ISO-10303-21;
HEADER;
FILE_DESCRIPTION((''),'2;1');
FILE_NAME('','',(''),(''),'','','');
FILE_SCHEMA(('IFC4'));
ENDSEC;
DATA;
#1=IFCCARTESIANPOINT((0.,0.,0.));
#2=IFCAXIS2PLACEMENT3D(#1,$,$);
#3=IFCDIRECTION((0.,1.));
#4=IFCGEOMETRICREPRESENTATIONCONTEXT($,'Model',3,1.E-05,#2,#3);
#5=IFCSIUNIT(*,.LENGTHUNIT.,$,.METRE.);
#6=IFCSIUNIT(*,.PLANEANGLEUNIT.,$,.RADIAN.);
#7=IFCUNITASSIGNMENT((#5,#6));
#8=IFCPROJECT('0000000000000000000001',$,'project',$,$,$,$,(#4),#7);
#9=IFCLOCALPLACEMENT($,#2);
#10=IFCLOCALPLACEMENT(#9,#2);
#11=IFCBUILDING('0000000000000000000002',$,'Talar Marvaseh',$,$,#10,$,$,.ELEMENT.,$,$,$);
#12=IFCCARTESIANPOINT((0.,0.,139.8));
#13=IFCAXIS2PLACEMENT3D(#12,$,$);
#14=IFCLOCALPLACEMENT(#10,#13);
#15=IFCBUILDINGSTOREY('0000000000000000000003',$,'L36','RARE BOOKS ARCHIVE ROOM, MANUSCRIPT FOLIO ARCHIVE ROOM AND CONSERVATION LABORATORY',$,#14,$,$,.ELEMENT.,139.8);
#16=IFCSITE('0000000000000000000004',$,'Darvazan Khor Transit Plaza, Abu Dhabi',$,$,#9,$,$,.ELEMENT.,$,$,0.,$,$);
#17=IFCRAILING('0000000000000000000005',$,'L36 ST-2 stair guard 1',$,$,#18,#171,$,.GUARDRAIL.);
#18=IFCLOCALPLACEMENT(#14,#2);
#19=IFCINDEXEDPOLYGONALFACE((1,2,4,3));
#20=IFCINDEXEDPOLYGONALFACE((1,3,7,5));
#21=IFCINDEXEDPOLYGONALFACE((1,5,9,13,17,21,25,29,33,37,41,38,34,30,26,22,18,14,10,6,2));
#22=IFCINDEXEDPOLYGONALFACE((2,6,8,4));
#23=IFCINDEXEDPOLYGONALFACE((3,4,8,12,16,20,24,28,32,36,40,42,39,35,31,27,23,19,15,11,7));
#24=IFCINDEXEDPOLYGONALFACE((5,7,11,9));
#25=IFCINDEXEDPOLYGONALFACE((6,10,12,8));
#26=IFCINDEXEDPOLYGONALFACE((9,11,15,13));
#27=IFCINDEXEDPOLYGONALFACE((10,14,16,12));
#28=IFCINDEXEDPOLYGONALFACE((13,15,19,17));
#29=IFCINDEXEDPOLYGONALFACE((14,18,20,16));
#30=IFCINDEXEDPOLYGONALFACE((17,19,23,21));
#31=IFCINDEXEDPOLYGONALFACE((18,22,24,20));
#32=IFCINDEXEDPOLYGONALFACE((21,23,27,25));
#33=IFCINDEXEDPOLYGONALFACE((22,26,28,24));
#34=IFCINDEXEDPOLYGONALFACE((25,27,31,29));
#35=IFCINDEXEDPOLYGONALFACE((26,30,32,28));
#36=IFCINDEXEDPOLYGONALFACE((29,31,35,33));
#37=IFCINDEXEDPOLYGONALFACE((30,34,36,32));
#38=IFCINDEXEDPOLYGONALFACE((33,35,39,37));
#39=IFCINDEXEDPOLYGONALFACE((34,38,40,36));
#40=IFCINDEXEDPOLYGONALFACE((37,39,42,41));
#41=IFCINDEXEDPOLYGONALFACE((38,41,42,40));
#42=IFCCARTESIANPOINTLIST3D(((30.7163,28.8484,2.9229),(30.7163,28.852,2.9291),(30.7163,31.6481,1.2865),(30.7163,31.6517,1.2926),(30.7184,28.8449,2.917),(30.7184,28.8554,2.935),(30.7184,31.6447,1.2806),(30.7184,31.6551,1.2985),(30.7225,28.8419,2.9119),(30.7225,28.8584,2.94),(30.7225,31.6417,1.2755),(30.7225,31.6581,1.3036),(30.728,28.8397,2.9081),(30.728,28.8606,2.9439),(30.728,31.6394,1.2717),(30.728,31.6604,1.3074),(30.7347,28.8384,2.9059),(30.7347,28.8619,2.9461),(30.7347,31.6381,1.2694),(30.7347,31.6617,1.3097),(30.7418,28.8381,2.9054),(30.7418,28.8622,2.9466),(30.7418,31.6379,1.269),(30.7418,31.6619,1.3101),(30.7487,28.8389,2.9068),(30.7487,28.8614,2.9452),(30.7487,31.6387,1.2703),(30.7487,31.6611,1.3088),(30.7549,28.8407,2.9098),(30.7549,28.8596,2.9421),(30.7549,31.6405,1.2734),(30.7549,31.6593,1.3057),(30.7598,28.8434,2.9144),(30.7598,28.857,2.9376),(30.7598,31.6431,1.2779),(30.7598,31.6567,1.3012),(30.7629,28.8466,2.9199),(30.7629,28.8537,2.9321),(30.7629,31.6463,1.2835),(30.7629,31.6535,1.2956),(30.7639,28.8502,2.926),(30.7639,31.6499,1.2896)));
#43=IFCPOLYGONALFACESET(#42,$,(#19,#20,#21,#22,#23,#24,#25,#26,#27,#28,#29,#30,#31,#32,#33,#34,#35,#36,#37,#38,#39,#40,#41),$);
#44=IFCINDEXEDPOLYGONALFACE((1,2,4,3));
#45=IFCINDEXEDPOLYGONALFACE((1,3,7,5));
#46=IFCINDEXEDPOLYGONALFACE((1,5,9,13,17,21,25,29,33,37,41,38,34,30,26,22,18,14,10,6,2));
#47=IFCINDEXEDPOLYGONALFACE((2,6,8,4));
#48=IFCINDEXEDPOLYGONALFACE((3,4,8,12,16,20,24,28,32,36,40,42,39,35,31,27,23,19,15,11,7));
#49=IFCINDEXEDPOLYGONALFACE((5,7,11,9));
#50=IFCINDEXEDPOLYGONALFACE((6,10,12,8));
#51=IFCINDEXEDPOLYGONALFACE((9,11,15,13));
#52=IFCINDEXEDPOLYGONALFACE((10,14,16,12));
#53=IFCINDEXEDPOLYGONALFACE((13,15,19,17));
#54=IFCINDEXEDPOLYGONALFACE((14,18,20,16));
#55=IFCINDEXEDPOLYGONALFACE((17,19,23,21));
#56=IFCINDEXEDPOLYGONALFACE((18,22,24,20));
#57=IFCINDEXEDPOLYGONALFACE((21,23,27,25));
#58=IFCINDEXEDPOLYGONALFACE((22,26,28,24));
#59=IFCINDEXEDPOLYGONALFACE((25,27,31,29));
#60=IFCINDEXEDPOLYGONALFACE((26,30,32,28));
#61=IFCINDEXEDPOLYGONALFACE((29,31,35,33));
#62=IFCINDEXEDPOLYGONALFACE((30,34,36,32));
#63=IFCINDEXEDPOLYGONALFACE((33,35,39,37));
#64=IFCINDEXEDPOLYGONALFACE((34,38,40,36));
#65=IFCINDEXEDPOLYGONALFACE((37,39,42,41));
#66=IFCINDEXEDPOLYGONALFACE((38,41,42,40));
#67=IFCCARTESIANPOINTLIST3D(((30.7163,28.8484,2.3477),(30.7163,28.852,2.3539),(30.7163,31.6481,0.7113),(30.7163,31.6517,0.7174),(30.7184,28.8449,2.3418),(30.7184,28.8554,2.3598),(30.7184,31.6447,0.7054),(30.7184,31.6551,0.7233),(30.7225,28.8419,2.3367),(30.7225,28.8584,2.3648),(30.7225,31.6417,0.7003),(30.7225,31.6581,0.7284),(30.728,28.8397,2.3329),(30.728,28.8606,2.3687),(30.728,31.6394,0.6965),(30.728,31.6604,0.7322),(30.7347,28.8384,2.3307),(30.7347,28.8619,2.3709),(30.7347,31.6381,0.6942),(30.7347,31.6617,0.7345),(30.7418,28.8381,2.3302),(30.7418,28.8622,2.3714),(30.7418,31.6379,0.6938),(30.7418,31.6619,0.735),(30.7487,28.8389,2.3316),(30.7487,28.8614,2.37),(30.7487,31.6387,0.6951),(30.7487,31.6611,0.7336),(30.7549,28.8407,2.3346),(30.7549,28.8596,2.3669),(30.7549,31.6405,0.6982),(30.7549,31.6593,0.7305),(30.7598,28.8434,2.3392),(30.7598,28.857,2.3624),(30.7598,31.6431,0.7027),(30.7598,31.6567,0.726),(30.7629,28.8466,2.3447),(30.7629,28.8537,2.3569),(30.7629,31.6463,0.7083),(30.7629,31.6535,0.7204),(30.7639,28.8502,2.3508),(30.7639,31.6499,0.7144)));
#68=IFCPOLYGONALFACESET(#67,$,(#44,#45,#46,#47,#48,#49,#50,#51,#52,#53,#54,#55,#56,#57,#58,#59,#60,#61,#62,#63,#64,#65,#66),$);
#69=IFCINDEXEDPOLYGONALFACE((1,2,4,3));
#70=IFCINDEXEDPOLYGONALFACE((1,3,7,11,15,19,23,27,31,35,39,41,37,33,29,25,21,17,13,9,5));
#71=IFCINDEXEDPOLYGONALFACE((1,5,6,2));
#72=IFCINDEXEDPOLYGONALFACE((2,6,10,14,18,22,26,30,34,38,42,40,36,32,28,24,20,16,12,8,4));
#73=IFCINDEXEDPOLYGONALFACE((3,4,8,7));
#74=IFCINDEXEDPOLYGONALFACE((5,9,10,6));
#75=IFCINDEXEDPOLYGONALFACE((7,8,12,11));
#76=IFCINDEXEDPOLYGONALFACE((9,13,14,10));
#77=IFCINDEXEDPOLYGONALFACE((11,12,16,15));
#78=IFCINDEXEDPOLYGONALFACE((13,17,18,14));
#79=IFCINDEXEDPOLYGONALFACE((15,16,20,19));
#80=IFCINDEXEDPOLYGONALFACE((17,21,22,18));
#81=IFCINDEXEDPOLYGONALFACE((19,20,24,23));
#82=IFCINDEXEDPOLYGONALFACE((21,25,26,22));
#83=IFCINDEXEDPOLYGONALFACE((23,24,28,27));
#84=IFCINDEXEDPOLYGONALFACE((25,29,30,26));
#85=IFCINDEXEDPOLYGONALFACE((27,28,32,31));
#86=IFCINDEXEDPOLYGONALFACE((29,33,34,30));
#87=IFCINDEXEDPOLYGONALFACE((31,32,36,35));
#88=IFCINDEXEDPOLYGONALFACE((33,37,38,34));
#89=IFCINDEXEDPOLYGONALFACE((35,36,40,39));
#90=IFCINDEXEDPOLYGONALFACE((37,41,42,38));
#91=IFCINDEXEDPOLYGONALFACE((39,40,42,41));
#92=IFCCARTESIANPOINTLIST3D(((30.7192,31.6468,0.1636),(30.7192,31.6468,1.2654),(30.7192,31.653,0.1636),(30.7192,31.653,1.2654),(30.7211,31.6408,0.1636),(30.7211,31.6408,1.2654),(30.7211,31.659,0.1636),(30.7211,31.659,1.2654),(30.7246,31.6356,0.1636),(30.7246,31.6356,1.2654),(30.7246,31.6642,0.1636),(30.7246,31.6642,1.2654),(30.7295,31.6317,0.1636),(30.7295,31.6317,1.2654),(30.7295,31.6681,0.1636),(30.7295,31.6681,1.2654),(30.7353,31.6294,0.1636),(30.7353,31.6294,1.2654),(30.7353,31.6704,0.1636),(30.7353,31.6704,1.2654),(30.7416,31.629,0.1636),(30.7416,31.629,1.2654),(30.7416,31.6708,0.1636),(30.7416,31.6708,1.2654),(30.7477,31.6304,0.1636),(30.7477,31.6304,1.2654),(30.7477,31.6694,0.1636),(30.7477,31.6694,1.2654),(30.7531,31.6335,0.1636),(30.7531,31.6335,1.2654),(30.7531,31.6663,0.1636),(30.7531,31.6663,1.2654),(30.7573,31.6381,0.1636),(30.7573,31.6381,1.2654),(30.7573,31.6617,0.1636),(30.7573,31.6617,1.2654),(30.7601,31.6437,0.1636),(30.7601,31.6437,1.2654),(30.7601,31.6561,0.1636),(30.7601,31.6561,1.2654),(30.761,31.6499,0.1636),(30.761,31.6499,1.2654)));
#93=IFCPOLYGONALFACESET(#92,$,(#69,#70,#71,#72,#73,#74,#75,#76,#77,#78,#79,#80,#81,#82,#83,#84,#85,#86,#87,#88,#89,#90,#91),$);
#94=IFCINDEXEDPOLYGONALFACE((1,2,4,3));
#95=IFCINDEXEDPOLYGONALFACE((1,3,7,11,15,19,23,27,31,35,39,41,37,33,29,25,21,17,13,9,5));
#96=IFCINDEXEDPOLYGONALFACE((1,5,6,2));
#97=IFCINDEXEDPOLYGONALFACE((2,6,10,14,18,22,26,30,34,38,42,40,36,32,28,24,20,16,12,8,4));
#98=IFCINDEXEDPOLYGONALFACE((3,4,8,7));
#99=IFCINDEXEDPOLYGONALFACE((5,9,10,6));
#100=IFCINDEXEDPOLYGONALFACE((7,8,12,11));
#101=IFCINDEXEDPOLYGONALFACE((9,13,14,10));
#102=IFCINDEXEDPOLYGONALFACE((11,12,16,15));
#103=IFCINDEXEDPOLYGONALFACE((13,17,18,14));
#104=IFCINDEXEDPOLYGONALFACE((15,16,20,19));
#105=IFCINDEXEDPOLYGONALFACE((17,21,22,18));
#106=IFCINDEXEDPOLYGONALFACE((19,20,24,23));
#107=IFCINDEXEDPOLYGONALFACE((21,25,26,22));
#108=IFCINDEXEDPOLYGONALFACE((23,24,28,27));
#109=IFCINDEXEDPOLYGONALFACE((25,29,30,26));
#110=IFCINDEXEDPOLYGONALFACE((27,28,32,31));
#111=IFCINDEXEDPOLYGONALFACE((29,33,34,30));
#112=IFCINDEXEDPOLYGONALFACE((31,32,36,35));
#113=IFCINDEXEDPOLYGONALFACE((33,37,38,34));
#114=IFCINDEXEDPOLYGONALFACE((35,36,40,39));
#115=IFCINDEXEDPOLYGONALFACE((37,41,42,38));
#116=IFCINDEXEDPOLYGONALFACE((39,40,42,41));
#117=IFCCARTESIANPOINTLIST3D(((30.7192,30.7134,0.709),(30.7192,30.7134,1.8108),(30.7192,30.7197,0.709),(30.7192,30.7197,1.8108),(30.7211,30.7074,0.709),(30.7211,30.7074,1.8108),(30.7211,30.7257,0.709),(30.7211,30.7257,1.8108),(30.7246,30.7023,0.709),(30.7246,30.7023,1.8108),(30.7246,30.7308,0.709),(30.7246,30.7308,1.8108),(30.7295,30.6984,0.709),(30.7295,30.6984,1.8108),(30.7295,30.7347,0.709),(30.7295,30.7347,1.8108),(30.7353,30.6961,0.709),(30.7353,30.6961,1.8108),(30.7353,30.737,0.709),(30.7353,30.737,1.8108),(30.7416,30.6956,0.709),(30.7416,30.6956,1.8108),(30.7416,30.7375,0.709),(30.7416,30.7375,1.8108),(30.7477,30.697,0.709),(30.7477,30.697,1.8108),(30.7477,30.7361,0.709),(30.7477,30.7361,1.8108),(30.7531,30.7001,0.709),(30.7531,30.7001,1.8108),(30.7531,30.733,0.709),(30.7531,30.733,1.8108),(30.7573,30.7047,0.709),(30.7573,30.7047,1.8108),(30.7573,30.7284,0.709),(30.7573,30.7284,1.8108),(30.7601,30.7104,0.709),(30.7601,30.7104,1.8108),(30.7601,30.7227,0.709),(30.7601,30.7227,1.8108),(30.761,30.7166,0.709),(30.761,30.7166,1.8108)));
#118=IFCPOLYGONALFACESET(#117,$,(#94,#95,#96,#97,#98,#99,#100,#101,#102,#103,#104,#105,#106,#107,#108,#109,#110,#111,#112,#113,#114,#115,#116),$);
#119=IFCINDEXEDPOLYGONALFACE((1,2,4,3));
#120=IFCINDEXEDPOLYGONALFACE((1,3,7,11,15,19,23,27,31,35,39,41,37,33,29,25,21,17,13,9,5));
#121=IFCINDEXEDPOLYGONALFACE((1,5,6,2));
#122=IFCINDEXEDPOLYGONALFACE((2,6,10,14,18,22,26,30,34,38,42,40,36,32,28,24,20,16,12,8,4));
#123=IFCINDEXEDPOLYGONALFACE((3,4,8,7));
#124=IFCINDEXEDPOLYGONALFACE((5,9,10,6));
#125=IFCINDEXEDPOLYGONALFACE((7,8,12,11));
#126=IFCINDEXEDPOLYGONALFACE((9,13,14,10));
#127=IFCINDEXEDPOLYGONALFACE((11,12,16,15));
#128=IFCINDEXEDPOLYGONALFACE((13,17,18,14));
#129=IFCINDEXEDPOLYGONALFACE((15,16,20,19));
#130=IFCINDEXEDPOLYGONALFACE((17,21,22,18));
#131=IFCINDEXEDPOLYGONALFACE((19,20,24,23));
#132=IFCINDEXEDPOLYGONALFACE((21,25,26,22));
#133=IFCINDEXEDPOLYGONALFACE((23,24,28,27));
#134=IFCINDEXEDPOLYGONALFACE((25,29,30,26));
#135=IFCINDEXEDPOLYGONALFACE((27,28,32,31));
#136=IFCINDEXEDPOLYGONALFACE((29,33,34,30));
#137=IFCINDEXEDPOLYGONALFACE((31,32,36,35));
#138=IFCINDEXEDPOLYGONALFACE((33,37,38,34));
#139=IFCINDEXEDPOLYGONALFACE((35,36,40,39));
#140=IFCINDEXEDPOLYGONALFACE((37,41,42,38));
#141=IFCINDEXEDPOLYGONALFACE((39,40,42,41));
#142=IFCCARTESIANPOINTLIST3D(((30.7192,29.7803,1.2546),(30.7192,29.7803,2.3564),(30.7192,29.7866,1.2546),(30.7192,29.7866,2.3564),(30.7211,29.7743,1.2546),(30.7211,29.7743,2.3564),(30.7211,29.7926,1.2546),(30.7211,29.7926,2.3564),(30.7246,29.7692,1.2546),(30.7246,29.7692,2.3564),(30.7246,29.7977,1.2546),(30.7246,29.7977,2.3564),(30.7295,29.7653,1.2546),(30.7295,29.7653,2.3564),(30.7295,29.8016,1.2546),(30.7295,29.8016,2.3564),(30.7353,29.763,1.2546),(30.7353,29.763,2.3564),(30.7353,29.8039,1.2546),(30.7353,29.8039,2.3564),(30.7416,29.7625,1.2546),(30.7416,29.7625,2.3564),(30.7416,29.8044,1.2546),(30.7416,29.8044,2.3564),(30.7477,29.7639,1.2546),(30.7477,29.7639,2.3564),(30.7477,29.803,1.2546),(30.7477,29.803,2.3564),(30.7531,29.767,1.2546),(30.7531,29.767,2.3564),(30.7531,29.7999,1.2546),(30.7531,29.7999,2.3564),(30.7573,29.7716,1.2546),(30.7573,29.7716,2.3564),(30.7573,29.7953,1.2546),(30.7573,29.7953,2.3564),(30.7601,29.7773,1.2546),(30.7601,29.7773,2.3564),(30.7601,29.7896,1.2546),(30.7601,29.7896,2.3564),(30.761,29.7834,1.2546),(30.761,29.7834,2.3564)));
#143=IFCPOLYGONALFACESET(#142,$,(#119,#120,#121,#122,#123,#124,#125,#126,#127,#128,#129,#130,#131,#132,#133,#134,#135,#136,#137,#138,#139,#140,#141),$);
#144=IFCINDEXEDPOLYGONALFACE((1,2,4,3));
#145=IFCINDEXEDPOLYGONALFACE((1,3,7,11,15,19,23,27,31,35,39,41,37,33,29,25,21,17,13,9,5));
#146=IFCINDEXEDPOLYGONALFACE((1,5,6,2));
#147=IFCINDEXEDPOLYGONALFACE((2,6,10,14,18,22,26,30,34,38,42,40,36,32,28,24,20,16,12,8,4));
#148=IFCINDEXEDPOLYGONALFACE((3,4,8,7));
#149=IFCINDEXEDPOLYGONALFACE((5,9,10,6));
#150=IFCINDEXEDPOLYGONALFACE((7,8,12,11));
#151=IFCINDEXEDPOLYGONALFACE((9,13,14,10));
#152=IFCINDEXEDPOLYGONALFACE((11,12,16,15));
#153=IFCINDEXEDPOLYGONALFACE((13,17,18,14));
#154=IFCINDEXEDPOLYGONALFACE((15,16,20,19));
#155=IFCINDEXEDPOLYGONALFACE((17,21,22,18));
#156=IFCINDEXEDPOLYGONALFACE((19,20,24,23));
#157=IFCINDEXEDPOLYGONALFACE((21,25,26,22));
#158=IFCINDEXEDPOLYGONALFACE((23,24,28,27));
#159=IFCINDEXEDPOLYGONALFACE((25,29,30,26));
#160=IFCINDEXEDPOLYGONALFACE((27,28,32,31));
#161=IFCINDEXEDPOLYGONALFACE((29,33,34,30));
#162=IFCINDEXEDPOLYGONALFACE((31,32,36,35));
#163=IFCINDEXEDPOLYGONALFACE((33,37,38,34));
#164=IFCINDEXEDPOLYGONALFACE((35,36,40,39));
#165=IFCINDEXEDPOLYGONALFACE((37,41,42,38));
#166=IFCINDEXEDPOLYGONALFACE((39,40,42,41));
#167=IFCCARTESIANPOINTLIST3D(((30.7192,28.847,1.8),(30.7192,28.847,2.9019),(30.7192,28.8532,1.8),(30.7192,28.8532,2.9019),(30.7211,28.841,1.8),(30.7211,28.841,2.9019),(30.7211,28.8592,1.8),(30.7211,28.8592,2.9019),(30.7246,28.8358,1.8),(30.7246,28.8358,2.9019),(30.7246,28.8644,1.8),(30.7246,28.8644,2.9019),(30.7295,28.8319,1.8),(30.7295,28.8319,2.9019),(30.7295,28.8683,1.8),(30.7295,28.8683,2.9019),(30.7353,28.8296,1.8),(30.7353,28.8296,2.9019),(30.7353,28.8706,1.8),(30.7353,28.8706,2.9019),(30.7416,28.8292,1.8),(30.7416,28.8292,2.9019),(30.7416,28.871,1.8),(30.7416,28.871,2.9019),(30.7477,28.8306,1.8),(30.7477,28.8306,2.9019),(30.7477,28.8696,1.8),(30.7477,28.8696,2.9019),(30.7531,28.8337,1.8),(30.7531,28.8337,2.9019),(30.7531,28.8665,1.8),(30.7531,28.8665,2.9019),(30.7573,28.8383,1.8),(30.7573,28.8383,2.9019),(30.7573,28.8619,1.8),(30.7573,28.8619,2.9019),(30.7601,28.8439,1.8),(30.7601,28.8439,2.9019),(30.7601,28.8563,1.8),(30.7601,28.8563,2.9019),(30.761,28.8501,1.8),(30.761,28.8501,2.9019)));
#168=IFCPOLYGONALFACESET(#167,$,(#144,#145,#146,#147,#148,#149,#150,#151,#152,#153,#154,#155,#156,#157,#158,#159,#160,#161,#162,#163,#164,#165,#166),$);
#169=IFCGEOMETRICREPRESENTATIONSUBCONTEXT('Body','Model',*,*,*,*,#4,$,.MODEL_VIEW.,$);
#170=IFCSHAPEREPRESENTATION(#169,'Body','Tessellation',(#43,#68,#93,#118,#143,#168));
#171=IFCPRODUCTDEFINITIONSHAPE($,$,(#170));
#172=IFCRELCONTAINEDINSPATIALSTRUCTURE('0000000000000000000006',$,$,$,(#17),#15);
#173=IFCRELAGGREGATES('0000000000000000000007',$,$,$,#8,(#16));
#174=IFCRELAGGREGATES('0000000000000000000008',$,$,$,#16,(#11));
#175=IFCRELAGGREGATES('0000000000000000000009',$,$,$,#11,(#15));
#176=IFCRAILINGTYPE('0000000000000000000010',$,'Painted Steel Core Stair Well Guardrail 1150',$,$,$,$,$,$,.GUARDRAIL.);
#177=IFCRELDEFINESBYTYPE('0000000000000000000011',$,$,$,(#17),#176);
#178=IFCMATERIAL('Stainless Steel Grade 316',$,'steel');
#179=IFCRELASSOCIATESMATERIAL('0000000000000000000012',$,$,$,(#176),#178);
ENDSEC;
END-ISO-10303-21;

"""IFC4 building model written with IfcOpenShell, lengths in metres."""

from ifc_helpers import new_model, si_unit, direction, frame, origin, origin_2d, place, context, subcontext, project, spatial, circle, extrude, material, type_object, element, save


model = new_model("IFC4")

# Units and contexts
model_context = context("Model", 3, precision=1e-05, world=origin(), true_north=direction((0.0, 1.0)))
body_context = subcontext(model_context, "Body", "Model", "MODEL_VIEW")
ifc_project = project(units=[si_unit("LENGTHUNIT", "METRE"), si_unit("PLANEANGLEUNIT", "RADIAN")], contexts=[model_context])

# Site, building, storey
site_placement = place(None, origin())
site = spatial("IfcSite", under=ifc_project, at=site_placement, Name="Darvazan Khor Transit Plaza, Abu Dhabi", CompositionType="ELEMENT", RefElevation=0.0)
building_placement = place(site_placement, origin())
building = spatial("IfcBuilding", under=site, at=building_placement, Name="Talar Marvaseh", CompositionType="ELEMENT")
storey_placement = place(building_placement, frame((0.0, 0.0, 139.8)))
storey = spatial("IfcBuildingStorey", under=building, at=storey_placement, Name="L36", Description="RARE BOOKS ARCHIVE ROOM, MANUSCRIPT FOLIO ARCHIVE ROOM AND CONSERVATION LABORATORY", CompositionType="ELEMENT", Elevation=139.8)

# Shared definitions
ifc_material_1 = material(Name="Stainless Steel Grade 316", Category="steel")

# Railing
railing_type_1 = type_object("IfcRailingType", Name="Painted Steel Core Stair Well Guardrail 1150", PredefinedType="GUARDRAIL", material=ifc_material_1)
railing_1_placement = place(storey_placement, frame((30.74, 31.6499, 0.1636)))
element("IfcRailing", 1, at=railing_1_placement, inside=storey, type_object=railing_type_1, Name="L36 ST-2 stair guard 1", PredefinedType="GUARDRAIL", context=body_context, shape_type="SweptSolid", body=[
    extrude(circle(Radius=0.0239, at=origin_2d()), frame((0.0, 0.0, 1.126), z_axis=(0.0, -0.863342, 0.50462), x_axis=(1.0, 0.0, 0.0)), (0.0, 0.0, 1.0), 3.2429),
    extrude(circle(Radius=0.0239, at=origin_2d()), frame((0.0, 0.0, 0.5508), z_axis=(0.0, -0.863342, 0.50462), x_axis=(1.0, 0.0, 0.0)), (0.0, 0.0, 1.0), 3.2429),
    extrude(circle(Radius=0.021, at=origin_2d()), origin(), (0.0, 0.0, 1.0), 1.1018),
    extrude(circle(Radius=0.021, at=origin_2d()), frame((0.0, -0.9333, 0.5454)), (0.0, 0.0, 1.0), 1.1018),
    extrude(circle(Radius=0.021, at=origin_2d()), frame((0.0, -1.8665, 1.0911)), (0.0, 0.0, 1.0), 1.1018),
    extrude(circle(Radius=0.021, at=origin_2d()), frame((0.0, -2.7998, 1.6365)), (0.0, 0.0, 1.0), 1.1018),
])

save(model, "model.ifc")
